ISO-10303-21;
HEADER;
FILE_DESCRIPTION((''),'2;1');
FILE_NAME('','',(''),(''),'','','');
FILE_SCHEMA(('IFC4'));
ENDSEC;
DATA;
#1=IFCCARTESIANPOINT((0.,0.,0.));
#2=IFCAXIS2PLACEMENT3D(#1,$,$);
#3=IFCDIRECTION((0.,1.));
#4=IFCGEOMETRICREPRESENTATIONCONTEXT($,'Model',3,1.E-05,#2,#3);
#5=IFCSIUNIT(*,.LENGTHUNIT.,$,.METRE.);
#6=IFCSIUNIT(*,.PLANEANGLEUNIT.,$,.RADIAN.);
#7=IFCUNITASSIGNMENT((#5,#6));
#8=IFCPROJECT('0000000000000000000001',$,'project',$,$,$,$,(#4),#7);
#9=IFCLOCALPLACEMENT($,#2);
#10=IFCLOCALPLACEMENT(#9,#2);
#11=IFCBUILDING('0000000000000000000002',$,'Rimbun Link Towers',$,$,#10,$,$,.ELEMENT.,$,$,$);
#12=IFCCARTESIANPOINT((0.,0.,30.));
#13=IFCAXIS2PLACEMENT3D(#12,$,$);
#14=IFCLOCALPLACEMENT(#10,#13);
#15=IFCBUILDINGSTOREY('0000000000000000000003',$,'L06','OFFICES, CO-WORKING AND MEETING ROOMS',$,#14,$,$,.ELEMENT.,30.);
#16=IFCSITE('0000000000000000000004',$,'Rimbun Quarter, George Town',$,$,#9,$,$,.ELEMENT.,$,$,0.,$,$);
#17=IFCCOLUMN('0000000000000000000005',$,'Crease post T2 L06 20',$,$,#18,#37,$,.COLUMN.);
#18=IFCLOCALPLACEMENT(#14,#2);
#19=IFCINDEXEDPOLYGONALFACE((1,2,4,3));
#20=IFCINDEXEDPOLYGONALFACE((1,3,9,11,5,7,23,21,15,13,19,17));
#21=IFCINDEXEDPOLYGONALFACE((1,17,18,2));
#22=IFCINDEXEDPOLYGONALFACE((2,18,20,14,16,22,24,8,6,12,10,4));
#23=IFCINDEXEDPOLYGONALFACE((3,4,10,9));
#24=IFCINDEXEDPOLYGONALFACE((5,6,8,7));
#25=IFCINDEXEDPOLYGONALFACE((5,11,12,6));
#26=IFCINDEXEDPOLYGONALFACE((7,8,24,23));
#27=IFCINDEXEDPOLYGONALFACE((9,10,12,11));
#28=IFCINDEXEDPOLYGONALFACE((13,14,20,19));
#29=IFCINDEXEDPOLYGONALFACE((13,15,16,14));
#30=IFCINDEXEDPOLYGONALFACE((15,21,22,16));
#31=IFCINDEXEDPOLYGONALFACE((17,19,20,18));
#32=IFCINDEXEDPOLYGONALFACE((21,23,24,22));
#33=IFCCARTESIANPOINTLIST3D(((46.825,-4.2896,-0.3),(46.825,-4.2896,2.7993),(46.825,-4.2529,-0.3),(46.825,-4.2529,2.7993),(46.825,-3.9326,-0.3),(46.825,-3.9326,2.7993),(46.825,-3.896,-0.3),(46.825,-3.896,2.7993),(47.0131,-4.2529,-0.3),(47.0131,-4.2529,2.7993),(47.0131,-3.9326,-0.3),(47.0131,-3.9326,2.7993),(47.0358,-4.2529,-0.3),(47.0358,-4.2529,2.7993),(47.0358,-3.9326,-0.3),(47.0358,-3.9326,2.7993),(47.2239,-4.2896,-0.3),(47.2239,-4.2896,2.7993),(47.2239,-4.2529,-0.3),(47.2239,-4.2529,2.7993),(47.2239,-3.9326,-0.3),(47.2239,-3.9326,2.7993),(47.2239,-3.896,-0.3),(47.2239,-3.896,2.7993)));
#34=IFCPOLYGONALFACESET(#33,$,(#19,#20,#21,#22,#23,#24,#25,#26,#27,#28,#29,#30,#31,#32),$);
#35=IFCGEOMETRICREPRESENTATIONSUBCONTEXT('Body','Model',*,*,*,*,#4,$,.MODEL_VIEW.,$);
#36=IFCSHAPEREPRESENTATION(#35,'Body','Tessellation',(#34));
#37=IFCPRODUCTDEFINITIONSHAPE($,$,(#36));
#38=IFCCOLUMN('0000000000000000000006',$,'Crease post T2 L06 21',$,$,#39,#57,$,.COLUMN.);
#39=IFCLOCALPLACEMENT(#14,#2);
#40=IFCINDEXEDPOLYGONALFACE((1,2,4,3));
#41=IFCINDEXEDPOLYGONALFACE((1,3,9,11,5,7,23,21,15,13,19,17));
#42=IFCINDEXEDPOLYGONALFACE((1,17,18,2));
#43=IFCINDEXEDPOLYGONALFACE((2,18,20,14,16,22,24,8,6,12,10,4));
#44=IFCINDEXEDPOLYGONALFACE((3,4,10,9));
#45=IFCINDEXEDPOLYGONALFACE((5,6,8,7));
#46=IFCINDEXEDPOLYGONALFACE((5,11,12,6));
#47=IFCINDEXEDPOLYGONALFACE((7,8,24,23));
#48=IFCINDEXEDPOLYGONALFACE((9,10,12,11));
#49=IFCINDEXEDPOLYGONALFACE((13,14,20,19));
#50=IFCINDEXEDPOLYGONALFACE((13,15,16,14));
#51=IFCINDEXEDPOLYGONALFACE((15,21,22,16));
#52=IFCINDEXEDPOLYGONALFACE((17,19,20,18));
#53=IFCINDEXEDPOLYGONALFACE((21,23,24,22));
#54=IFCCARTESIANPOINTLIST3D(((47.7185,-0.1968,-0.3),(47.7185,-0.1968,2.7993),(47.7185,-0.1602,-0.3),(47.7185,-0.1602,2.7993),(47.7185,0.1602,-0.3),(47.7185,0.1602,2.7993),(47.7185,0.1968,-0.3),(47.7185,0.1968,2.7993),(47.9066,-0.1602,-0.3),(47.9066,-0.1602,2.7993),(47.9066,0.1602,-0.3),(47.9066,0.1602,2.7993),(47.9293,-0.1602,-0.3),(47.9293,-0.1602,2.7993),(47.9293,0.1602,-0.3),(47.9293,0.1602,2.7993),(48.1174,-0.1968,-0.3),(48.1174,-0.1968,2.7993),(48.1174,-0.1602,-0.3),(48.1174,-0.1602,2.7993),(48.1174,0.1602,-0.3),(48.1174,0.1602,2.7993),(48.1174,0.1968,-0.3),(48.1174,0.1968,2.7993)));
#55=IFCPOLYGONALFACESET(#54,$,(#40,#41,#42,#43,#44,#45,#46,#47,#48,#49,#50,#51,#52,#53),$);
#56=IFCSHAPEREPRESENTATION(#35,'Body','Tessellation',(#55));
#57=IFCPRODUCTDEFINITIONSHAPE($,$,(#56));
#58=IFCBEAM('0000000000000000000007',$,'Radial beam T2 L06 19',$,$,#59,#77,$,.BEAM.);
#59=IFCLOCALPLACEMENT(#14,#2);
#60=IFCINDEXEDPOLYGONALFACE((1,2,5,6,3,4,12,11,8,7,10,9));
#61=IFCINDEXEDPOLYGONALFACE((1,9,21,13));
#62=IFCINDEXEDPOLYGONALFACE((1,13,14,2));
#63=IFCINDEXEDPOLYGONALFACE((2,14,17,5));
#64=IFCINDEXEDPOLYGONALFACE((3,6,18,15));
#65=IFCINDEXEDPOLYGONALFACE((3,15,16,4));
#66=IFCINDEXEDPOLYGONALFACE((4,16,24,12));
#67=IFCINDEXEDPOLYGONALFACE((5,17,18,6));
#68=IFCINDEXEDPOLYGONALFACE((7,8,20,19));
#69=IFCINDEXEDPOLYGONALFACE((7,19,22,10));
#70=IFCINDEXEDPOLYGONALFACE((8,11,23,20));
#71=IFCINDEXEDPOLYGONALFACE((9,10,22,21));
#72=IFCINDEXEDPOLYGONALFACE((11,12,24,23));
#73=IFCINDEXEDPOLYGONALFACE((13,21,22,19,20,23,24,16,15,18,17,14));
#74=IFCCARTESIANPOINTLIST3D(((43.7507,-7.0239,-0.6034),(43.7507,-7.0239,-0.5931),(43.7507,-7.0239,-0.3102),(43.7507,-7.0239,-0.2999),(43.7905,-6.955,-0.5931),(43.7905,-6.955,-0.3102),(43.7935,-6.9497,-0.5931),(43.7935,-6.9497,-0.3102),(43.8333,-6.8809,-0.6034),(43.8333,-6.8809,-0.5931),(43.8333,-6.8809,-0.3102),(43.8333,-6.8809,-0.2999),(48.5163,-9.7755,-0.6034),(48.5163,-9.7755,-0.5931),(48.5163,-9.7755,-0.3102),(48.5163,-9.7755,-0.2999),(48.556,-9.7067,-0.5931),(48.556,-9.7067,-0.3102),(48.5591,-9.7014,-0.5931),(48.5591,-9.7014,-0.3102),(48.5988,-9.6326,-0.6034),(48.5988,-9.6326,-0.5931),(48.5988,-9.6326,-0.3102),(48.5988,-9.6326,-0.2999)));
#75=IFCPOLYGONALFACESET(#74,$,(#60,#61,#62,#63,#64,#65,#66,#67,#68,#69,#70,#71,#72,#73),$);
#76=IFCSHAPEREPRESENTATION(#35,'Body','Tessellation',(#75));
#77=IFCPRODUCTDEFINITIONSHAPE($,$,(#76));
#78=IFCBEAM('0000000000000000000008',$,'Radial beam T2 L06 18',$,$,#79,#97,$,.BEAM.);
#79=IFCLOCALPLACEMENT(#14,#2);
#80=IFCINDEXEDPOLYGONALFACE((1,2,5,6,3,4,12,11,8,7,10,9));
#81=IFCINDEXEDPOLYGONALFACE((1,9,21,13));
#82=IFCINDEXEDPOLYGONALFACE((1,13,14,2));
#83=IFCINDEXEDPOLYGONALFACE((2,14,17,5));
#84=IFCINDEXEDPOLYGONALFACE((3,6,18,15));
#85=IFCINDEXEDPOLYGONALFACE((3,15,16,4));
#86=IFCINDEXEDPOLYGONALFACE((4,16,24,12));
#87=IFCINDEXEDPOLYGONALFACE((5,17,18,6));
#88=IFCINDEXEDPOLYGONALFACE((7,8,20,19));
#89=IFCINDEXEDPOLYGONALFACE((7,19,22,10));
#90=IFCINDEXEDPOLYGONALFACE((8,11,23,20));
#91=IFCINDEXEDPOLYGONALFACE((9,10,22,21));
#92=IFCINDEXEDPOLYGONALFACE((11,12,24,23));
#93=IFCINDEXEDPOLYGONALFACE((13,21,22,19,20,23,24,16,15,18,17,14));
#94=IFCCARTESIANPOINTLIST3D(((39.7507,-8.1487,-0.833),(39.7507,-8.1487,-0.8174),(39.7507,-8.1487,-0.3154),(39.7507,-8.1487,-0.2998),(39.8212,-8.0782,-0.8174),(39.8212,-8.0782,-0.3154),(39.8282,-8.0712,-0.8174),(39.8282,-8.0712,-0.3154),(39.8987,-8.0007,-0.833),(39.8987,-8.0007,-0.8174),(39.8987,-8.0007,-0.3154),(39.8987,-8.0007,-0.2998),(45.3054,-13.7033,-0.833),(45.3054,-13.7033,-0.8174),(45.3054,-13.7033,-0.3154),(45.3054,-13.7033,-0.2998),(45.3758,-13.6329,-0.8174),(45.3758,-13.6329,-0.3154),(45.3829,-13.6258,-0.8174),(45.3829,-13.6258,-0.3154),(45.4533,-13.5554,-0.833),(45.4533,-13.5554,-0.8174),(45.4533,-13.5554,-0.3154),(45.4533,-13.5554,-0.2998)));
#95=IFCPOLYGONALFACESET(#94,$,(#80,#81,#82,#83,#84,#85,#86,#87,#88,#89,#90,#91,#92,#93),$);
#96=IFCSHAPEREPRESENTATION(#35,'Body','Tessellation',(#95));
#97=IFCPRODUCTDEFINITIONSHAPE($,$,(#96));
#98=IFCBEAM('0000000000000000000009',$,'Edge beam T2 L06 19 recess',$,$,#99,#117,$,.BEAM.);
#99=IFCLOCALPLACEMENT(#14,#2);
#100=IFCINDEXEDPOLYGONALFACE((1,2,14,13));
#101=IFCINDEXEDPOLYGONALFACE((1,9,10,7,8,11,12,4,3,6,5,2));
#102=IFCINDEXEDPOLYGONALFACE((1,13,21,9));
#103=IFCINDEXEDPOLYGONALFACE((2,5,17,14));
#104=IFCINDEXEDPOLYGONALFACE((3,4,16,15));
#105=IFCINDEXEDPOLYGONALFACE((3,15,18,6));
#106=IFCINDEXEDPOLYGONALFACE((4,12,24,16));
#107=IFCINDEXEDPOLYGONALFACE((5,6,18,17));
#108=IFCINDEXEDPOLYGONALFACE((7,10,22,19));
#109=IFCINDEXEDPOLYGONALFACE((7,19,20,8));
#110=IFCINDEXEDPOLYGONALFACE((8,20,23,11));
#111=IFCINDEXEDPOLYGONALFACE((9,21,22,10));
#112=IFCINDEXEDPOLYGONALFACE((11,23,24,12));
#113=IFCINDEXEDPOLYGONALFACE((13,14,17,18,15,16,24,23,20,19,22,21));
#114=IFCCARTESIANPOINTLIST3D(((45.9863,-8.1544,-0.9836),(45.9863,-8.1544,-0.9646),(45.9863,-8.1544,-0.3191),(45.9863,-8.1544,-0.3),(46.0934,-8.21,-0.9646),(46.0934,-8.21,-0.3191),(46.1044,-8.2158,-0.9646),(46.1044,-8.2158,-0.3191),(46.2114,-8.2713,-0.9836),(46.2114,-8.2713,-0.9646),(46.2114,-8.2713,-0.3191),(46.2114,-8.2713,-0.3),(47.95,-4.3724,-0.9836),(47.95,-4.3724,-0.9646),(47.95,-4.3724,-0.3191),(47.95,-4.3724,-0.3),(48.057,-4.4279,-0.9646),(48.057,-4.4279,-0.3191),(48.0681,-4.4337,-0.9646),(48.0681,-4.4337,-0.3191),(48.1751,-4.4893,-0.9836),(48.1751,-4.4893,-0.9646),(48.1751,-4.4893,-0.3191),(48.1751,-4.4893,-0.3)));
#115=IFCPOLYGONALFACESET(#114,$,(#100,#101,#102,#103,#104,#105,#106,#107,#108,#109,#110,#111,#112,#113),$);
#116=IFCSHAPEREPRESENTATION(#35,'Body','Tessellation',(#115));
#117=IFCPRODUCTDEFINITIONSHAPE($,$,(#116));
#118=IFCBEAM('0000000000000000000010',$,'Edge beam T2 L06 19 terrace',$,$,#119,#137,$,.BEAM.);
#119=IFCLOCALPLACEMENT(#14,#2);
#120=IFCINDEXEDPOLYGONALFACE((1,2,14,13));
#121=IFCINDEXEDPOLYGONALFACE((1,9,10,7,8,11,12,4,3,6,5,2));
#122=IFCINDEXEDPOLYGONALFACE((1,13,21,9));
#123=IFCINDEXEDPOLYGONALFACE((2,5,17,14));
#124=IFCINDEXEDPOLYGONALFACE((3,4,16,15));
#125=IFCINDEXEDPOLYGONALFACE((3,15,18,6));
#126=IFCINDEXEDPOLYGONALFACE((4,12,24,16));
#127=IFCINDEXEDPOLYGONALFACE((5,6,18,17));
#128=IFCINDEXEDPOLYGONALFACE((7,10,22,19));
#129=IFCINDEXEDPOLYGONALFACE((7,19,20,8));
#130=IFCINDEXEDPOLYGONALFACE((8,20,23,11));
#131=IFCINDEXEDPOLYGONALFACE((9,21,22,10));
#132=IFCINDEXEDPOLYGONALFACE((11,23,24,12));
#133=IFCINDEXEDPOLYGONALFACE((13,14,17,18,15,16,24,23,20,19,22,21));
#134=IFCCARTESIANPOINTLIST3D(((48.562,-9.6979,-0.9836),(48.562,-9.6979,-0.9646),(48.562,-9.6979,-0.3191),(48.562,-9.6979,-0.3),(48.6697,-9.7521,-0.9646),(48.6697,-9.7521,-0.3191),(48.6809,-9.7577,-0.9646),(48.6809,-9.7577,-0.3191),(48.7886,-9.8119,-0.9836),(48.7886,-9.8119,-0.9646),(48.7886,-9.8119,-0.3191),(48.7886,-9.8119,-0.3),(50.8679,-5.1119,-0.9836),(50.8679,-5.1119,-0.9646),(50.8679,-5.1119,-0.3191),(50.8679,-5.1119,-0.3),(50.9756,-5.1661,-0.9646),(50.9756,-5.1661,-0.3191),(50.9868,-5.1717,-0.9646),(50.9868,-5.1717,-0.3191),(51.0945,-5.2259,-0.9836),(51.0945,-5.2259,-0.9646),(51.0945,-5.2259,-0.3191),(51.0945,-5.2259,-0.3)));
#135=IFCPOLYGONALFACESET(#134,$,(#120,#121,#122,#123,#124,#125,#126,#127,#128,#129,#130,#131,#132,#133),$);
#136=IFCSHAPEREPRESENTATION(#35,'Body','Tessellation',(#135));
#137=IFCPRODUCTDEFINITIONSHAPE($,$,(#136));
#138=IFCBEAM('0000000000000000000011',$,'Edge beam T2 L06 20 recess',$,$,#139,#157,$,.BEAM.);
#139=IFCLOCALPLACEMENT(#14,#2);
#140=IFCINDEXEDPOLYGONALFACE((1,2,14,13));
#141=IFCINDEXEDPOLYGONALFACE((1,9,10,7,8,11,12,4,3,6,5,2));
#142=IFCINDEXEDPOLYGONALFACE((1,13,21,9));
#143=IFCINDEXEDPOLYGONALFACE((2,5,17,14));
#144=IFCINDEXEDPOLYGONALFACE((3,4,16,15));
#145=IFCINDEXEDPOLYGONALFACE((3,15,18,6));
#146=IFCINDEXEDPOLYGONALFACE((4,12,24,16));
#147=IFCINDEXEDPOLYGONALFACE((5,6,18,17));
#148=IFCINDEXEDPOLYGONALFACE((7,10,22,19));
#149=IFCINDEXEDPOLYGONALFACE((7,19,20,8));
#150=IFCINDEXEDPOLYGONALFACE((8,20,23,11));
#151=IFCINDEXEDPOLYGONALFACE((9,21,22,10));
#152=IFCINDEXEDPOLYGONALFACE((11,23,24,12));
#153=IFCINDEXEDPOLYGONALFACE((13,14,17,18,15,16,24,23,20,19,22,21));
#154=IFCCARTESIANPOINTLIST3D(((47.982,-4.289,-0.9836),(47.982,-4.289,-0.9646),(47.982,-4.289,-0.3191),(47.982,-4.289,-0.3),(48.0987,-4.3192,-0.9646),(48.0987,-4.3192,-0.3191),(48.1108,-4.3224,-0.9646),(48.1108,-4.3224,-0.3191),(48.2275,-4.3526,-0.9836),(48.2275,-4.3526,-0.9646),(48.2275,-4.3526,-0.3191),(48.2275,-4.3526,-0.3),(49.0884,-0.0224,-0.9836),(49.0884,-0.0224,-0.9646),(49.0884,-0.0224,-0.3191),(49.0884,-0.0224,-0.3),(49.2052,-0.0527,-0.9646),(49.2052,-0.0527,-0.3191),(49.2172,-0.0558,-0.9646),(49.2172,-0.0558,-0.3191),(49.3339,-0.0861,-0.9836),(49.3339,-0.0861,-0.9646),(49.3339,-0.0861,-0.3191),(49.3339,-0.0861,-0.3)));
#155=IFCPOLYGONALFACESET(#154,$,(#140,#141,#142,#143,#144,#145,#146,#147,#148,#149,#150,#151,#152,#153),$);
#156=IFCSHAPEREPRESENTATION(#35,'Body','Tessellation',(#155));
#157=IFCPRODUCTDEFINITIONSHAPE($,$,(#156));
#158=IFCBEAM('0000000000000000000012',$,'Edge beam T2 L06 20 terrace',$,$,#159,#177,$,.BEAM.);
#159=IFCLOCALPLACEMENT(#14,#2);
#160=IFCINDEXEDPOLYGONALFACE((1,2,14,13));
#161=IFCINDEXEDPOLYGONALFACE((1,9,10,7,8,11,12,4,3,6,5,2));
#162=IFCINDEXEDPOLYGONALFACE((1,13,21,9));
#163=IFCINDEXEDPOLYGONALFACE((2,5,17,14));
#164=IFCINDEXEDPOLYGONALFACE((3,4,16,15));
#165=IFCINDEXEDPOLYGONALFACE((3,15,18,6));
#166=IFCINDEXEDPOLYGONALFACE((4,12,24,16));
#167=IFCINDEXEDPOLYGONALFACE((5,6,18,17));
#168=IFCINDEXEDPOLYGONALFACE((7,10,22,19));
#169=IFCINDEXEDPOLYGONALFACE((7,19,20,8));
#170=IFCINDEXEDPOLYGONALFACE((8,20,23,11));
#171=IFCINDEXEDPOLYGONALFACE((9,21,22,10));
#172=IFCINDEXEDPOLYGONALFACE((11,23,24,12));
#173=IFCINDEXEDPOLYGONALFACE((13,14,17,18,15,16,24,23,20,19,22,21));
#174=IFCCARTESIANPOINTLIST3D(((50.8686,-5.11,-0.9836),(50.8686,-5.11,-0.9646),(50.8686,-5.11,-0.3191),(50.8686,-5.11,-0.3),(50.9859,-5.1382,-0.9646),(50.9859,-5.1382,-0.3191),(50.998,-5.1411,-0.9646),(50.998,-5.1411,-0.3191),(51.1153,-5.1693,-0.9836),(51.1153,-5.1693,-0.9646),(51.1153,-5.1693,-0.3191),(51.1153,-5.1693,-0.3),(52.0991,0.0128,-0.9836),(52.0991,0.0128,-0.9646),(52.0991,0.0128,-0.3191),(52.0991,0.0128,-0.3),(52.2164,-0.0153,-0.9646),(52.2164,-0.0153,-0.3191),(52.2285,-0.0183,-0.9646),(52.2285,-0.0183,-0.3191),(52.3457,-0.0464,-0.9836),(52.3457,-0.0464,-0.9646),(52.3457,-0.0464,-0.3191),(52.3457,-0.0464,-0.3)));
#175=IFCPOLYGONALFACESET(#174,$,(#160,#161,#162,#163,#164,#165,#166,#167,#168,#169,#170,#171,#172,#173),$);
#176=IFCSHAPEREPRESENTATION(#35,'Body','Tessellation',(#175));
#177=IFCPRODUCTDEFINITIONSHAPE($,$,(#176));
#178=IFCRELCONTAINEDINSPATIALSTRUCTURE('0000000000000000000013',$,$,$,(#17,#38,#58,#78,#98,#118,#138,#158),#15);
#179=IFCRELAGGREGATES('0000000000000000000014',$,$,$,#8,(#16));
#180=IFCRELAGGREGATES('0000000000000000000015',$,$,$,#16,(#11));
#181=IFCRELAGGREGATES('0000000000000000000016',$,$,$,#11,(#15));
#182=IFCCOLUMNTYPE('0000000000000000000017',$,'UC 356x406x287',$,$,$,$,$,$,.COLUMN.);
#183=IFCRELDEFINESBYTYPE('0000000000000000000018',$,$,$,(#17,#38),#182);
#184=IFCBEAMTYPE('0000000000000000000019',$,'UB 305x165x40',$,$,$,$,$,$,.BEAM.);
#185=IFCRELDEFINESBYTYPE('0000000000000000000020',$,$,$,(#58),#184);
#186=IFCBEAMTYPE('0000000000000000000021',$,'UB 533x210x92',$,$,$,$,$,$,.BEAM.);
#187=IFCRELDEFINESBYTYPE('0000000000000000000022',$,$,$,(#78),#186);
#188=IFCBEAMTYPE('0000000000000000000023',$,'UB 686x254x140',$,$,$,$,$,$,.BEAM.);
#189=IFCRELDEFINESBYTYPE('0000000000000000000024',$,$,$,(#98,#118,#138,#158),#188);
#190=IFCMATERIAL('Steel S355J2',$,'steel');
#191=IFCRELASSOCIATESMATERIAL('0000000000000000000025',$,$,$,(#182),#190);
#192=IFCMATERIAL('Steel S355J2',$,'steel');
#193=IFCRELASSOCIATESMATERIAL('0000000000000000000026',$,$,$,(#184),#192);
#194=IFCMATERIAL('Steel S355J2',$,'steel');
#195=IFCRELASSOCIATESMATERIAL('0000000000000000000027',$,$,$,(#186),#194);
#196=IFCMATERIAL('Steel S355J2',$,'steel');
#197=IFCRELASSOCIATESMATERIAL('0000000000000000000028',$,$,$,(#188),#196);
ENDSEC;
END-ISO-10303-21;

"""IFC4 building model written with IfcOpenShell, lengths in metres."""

from ifc_helpers import new_model, si_unit, direction, frame, origin, origin_2d, place, context, subcontext, project, spatial, i_section, extrude, material, material_profile, profile_set, type_object, element, save


model = new_model("IFC4")

# Units and contexts
model_context = context("Model", 3, precision=1e-05, world=origin(), true_north=direction((0.0, 1.0)))
body_context = subcontext(model_context, "Body", "Model", "MODEL_VIEW")
ifc_project = project(units=[si_unit("LENGTHUNIT", "METRE"), si_unit("PLANEANGLEUNIT", "RADIAN")], contexts=[model_context])

# Site, building, storey
site_placement = place(None, origin())
site = spatial("IfcSite", under=ifc_project, at=site_placement, Name="Rimbun Quarter, George Town", CompositionType="ELEMENT", RefElevation=0.0)
building_placement = place(site_placement, origin())
building = spatial("IfcBuilding", under=site, at=building_placement, Name="Rimbun Link Towers", CompositionType="ELEMENT")
storey_placement = place(building_placement, frame((0.0, 0.0, 30.0)))
storey = spatial("IfcBuildingStorey", under=building, at=storey_placement, Name="L06", Description="OFFICES, CO-WORKING AND MEETING ROOMS", CompositionType="ELEMENT", Elevation=30.0)

# Columns
ifc_material_1 = material(Name="Steel S355J2", Category="steel")
ifc_material_profile_1 = material_profile(ifc_material_1, i_section(OverallWidth=0.3989, OverallDepth=0.3936, WebThickness=0.0227, FlangeThickness=0.0366, at=origin_2d()), Name="UC 356x406x287")
ifc_profile_set_1 = profile_set([ifc_material_profile_1], Name="Steel S355J2")
column_type = type_object("IfcColumnType", Name="UC 356x406x287", PredefinedType="COLUMN", material=ifc_profile_set_1)
for number, where, z_axis, x_axis, name in (
    (1, (47.0244, -4.0928, -0.3), (0.0, 0.0, 1.0), (1.0, 0.0, 0.0), "Crease post T2 L06 20"),
    (2, (47.918, 0.0, -0.3), (0.0, 0.0, 1.0), (1.0, 0.0, 0.0), "Crease post T2 L06 21"),
):
    element("IfcColumn", number, at=place(storey_placement, frame(where, z_axis=z_axis, x_axis=x_axis)), inside=storey, type_object=column_type, Name=name, PredefinedType="COLUMN", context=body_context, shape_type="SweptSolid", body=[
        extrude(i_section(OverallWidth=0.3989, OverallDepth=0.3936, WebThickness=0.0227, FlangeThickness=0.0366, at=origin_2d()), origin(), (0.0, 0.0, 1.0), 3.0994),
    ])

# Beams
ifc_material_2 = material(Name="Steel S355J2", Category="steel")
ifc_material_profile_2 = material_profile(ifc_material_2, i_section(OverallWidth=0.165, OverallDepth=0.3035, WebThickness=0.0061, FlangeThickness=0.0103, at=origin_2d()), Name="UB 305x165x40")
ifc_profile_set_2 = profile_set([ifc_material_profile_2], Name="Steel S355J2")
beam_type_1 = type_object("IfcBeamType", Name="UB 305x165x40", PredefinedType="BEAM", material=ifc_profile_set_2)
beam_1_placement = place(storey_placement, frame((43.792, -6.9524, -0.4517), z_axis=(0.866004, -0.500037, 0.0), x_axis=(0.500037, 0.866004, 0.0)))
element("IfcBeam", 3, at=beam_1_placement, inside=storey, type_object=beam_type_1, Name="Radial beam T2 L06 19", PredefinedType="BEAM", context=body_context, shape_type="SweptSolid", body=[
    extrude(i_section(OverallWidth=0.165, OverallDepth=0.3035, WebThickness=0.0061, FlangeThickness=0.0103, at=origin_2d()), origin(), (0.0, 0.0, 1.0), 5.5029),
])
ifc_material_3 = material(Name="Steel S355J2", Category="steel")
ifc_material_profile_3 = material_profile(ifc_material_3, i_section(OverallWidth=0.2092, OverallDepth=0.5332, WebThickness=0.01, FlangeThickness=0.0156, at=origin_2d()), Name="UB 533x210x92")
ifc_profile_set_3 = profile_set([ifc_material_profile_3], Name="Steel S355J2")
beam_type_2 = type_object("IfcBeamType", Name="UB 533x210x92", PredefinedType="BEAM", material=ifc_profile_set_3)
beam_2_placement = place(storey_placement, frame((39.8247, -8.0747, -0.5664), z_axis=(0.707107, -0.707107, 0.0), x_axis=(0.707107, 0.707107, 0.0)))
element("IfcBeam", 4, at=beam_2_placement, inside=storey, type_object=beam_type_2, Name="Radial beam T2 L06 18", PredefinedType="BEAM", context=body_context, shape_type="SweptSolid", body=[
    extrude(i_section(OverallWidth=0.2092, OverallDepth=0.5332, WebThickness=0.01, FlangeThickness=0.0156, at=origin_2d()), origin(), (0.0, 0.0, 1.0), 7.8555),
])
ifc_material_4 = material(Name="Steel S355J2", Category="steel")
ifc_material_profile_4 = material_profile(ifc_material_4, i_section(OverallWidth=0.2537, OverallDepth=0.6836, WebThickness=0.0125, FlangeThickness=0.019, at=origin_2d()), Name="UB 686x254x140")
ifc_profile_set_4 = profile_set([ifc_material_profile_4], Name="Steel S355J2")
beam_type_3 = type_object("IfcBeamType", Name="UB 686x254x140", PredefinedType="BEAM", material=ifc_profile_set_4)
beam_3_placement = place(storey_placement, frame((46.0989, -8.2129, -0.6418), z_axis=(0.460797, 0.887506, 0.0), x_axis=(-0.887506, 0.460797, 0.0)))
element("IfcBeam", 5, at=beam_3_placement, inside=storey, type_object=beam_type_3, Name="Edge beam T2 L06 19 recess", PredefinedType="BEAM", context=body_context, shape_type="SweptSolid", body=[
    extrude(i_section(OverallWidth=0.2537, OverallDepth=0.6836, WebThickness=0.0125, FlangeThickness=0.019, at=origin_2d()), origin(), (0.0, 0.0, 1.0), 4.2615),
])
beam_4_placement = place(storey_placement, frame((48.6753, -9.7549, -0.6418), z_axis=(0.449229, 0.893417, 0.0), x_axis=(-0.893417, 0.449229, 0.0)))
element("IfcBeam", 6, at=beam_4_placement, inside=storey, type_object=beam_type_3, Name="Edge beam T2 L06 19 terrace", PredefinedType="BEAM", context=body_context, shape_type="SweptSolid", body=[
    extrude(i_section(OverallWidth=0.2537, OverallDepth=0.6836, WebThickness=0.0125, FlangeThickness=0.019, at=origin_2d()), origin(), (0.0, 0.0, 1.0), 5.1331),
])
beam_5_placement = place(storey_placement, frame((48.1047, -4.3208, -0.6418), z_axis=(0.251024, 0.967981, 0.0), x_axis=(-0.967981, 0.251024, 0.0)))
element("IfcBeam", 7, at=beam_5_placement, inside=storey, type_object=beam_type_3, Name="Edge beam T2 L06 20 recess", PredefinedType="BEAM", context=body_context, shape_type="SweptSolid", body=[
    extrude(i_section(OverallWidth=0.2537, OverallDepth=0.6836, WebThickness=0.0125, FlangeThickness=0.019, at=origin_2d()), origin(), (0.0, 0.0, 1.0), 4.4077),
])
beam_6_placement = place(storey_placement, frame((50.9919, -5.1396, -0.6418), z_axis=(0.233552, 0.972344, 0.0), x_axis=(-0.972344, 0.233552, 0.0)))
element("IfcBeam", 8, at=beam_6_placement, inside=storey, type_object=beam_type_3, Name="Edge beam T2 L06 20 terrace", PredefinedType="BEAM", context=body_context, shape_type="SweptSolid", body=[
    extrude(i_section(OverallWidth=0.2537, OverallDepth=0.6836, WebThickness=0.0125, FlangeThickness=0.019, at=origin_2d()), origin(), (0.0, 0.0, 1.0), 5.2686),
])

save(model, "model.ifc")
